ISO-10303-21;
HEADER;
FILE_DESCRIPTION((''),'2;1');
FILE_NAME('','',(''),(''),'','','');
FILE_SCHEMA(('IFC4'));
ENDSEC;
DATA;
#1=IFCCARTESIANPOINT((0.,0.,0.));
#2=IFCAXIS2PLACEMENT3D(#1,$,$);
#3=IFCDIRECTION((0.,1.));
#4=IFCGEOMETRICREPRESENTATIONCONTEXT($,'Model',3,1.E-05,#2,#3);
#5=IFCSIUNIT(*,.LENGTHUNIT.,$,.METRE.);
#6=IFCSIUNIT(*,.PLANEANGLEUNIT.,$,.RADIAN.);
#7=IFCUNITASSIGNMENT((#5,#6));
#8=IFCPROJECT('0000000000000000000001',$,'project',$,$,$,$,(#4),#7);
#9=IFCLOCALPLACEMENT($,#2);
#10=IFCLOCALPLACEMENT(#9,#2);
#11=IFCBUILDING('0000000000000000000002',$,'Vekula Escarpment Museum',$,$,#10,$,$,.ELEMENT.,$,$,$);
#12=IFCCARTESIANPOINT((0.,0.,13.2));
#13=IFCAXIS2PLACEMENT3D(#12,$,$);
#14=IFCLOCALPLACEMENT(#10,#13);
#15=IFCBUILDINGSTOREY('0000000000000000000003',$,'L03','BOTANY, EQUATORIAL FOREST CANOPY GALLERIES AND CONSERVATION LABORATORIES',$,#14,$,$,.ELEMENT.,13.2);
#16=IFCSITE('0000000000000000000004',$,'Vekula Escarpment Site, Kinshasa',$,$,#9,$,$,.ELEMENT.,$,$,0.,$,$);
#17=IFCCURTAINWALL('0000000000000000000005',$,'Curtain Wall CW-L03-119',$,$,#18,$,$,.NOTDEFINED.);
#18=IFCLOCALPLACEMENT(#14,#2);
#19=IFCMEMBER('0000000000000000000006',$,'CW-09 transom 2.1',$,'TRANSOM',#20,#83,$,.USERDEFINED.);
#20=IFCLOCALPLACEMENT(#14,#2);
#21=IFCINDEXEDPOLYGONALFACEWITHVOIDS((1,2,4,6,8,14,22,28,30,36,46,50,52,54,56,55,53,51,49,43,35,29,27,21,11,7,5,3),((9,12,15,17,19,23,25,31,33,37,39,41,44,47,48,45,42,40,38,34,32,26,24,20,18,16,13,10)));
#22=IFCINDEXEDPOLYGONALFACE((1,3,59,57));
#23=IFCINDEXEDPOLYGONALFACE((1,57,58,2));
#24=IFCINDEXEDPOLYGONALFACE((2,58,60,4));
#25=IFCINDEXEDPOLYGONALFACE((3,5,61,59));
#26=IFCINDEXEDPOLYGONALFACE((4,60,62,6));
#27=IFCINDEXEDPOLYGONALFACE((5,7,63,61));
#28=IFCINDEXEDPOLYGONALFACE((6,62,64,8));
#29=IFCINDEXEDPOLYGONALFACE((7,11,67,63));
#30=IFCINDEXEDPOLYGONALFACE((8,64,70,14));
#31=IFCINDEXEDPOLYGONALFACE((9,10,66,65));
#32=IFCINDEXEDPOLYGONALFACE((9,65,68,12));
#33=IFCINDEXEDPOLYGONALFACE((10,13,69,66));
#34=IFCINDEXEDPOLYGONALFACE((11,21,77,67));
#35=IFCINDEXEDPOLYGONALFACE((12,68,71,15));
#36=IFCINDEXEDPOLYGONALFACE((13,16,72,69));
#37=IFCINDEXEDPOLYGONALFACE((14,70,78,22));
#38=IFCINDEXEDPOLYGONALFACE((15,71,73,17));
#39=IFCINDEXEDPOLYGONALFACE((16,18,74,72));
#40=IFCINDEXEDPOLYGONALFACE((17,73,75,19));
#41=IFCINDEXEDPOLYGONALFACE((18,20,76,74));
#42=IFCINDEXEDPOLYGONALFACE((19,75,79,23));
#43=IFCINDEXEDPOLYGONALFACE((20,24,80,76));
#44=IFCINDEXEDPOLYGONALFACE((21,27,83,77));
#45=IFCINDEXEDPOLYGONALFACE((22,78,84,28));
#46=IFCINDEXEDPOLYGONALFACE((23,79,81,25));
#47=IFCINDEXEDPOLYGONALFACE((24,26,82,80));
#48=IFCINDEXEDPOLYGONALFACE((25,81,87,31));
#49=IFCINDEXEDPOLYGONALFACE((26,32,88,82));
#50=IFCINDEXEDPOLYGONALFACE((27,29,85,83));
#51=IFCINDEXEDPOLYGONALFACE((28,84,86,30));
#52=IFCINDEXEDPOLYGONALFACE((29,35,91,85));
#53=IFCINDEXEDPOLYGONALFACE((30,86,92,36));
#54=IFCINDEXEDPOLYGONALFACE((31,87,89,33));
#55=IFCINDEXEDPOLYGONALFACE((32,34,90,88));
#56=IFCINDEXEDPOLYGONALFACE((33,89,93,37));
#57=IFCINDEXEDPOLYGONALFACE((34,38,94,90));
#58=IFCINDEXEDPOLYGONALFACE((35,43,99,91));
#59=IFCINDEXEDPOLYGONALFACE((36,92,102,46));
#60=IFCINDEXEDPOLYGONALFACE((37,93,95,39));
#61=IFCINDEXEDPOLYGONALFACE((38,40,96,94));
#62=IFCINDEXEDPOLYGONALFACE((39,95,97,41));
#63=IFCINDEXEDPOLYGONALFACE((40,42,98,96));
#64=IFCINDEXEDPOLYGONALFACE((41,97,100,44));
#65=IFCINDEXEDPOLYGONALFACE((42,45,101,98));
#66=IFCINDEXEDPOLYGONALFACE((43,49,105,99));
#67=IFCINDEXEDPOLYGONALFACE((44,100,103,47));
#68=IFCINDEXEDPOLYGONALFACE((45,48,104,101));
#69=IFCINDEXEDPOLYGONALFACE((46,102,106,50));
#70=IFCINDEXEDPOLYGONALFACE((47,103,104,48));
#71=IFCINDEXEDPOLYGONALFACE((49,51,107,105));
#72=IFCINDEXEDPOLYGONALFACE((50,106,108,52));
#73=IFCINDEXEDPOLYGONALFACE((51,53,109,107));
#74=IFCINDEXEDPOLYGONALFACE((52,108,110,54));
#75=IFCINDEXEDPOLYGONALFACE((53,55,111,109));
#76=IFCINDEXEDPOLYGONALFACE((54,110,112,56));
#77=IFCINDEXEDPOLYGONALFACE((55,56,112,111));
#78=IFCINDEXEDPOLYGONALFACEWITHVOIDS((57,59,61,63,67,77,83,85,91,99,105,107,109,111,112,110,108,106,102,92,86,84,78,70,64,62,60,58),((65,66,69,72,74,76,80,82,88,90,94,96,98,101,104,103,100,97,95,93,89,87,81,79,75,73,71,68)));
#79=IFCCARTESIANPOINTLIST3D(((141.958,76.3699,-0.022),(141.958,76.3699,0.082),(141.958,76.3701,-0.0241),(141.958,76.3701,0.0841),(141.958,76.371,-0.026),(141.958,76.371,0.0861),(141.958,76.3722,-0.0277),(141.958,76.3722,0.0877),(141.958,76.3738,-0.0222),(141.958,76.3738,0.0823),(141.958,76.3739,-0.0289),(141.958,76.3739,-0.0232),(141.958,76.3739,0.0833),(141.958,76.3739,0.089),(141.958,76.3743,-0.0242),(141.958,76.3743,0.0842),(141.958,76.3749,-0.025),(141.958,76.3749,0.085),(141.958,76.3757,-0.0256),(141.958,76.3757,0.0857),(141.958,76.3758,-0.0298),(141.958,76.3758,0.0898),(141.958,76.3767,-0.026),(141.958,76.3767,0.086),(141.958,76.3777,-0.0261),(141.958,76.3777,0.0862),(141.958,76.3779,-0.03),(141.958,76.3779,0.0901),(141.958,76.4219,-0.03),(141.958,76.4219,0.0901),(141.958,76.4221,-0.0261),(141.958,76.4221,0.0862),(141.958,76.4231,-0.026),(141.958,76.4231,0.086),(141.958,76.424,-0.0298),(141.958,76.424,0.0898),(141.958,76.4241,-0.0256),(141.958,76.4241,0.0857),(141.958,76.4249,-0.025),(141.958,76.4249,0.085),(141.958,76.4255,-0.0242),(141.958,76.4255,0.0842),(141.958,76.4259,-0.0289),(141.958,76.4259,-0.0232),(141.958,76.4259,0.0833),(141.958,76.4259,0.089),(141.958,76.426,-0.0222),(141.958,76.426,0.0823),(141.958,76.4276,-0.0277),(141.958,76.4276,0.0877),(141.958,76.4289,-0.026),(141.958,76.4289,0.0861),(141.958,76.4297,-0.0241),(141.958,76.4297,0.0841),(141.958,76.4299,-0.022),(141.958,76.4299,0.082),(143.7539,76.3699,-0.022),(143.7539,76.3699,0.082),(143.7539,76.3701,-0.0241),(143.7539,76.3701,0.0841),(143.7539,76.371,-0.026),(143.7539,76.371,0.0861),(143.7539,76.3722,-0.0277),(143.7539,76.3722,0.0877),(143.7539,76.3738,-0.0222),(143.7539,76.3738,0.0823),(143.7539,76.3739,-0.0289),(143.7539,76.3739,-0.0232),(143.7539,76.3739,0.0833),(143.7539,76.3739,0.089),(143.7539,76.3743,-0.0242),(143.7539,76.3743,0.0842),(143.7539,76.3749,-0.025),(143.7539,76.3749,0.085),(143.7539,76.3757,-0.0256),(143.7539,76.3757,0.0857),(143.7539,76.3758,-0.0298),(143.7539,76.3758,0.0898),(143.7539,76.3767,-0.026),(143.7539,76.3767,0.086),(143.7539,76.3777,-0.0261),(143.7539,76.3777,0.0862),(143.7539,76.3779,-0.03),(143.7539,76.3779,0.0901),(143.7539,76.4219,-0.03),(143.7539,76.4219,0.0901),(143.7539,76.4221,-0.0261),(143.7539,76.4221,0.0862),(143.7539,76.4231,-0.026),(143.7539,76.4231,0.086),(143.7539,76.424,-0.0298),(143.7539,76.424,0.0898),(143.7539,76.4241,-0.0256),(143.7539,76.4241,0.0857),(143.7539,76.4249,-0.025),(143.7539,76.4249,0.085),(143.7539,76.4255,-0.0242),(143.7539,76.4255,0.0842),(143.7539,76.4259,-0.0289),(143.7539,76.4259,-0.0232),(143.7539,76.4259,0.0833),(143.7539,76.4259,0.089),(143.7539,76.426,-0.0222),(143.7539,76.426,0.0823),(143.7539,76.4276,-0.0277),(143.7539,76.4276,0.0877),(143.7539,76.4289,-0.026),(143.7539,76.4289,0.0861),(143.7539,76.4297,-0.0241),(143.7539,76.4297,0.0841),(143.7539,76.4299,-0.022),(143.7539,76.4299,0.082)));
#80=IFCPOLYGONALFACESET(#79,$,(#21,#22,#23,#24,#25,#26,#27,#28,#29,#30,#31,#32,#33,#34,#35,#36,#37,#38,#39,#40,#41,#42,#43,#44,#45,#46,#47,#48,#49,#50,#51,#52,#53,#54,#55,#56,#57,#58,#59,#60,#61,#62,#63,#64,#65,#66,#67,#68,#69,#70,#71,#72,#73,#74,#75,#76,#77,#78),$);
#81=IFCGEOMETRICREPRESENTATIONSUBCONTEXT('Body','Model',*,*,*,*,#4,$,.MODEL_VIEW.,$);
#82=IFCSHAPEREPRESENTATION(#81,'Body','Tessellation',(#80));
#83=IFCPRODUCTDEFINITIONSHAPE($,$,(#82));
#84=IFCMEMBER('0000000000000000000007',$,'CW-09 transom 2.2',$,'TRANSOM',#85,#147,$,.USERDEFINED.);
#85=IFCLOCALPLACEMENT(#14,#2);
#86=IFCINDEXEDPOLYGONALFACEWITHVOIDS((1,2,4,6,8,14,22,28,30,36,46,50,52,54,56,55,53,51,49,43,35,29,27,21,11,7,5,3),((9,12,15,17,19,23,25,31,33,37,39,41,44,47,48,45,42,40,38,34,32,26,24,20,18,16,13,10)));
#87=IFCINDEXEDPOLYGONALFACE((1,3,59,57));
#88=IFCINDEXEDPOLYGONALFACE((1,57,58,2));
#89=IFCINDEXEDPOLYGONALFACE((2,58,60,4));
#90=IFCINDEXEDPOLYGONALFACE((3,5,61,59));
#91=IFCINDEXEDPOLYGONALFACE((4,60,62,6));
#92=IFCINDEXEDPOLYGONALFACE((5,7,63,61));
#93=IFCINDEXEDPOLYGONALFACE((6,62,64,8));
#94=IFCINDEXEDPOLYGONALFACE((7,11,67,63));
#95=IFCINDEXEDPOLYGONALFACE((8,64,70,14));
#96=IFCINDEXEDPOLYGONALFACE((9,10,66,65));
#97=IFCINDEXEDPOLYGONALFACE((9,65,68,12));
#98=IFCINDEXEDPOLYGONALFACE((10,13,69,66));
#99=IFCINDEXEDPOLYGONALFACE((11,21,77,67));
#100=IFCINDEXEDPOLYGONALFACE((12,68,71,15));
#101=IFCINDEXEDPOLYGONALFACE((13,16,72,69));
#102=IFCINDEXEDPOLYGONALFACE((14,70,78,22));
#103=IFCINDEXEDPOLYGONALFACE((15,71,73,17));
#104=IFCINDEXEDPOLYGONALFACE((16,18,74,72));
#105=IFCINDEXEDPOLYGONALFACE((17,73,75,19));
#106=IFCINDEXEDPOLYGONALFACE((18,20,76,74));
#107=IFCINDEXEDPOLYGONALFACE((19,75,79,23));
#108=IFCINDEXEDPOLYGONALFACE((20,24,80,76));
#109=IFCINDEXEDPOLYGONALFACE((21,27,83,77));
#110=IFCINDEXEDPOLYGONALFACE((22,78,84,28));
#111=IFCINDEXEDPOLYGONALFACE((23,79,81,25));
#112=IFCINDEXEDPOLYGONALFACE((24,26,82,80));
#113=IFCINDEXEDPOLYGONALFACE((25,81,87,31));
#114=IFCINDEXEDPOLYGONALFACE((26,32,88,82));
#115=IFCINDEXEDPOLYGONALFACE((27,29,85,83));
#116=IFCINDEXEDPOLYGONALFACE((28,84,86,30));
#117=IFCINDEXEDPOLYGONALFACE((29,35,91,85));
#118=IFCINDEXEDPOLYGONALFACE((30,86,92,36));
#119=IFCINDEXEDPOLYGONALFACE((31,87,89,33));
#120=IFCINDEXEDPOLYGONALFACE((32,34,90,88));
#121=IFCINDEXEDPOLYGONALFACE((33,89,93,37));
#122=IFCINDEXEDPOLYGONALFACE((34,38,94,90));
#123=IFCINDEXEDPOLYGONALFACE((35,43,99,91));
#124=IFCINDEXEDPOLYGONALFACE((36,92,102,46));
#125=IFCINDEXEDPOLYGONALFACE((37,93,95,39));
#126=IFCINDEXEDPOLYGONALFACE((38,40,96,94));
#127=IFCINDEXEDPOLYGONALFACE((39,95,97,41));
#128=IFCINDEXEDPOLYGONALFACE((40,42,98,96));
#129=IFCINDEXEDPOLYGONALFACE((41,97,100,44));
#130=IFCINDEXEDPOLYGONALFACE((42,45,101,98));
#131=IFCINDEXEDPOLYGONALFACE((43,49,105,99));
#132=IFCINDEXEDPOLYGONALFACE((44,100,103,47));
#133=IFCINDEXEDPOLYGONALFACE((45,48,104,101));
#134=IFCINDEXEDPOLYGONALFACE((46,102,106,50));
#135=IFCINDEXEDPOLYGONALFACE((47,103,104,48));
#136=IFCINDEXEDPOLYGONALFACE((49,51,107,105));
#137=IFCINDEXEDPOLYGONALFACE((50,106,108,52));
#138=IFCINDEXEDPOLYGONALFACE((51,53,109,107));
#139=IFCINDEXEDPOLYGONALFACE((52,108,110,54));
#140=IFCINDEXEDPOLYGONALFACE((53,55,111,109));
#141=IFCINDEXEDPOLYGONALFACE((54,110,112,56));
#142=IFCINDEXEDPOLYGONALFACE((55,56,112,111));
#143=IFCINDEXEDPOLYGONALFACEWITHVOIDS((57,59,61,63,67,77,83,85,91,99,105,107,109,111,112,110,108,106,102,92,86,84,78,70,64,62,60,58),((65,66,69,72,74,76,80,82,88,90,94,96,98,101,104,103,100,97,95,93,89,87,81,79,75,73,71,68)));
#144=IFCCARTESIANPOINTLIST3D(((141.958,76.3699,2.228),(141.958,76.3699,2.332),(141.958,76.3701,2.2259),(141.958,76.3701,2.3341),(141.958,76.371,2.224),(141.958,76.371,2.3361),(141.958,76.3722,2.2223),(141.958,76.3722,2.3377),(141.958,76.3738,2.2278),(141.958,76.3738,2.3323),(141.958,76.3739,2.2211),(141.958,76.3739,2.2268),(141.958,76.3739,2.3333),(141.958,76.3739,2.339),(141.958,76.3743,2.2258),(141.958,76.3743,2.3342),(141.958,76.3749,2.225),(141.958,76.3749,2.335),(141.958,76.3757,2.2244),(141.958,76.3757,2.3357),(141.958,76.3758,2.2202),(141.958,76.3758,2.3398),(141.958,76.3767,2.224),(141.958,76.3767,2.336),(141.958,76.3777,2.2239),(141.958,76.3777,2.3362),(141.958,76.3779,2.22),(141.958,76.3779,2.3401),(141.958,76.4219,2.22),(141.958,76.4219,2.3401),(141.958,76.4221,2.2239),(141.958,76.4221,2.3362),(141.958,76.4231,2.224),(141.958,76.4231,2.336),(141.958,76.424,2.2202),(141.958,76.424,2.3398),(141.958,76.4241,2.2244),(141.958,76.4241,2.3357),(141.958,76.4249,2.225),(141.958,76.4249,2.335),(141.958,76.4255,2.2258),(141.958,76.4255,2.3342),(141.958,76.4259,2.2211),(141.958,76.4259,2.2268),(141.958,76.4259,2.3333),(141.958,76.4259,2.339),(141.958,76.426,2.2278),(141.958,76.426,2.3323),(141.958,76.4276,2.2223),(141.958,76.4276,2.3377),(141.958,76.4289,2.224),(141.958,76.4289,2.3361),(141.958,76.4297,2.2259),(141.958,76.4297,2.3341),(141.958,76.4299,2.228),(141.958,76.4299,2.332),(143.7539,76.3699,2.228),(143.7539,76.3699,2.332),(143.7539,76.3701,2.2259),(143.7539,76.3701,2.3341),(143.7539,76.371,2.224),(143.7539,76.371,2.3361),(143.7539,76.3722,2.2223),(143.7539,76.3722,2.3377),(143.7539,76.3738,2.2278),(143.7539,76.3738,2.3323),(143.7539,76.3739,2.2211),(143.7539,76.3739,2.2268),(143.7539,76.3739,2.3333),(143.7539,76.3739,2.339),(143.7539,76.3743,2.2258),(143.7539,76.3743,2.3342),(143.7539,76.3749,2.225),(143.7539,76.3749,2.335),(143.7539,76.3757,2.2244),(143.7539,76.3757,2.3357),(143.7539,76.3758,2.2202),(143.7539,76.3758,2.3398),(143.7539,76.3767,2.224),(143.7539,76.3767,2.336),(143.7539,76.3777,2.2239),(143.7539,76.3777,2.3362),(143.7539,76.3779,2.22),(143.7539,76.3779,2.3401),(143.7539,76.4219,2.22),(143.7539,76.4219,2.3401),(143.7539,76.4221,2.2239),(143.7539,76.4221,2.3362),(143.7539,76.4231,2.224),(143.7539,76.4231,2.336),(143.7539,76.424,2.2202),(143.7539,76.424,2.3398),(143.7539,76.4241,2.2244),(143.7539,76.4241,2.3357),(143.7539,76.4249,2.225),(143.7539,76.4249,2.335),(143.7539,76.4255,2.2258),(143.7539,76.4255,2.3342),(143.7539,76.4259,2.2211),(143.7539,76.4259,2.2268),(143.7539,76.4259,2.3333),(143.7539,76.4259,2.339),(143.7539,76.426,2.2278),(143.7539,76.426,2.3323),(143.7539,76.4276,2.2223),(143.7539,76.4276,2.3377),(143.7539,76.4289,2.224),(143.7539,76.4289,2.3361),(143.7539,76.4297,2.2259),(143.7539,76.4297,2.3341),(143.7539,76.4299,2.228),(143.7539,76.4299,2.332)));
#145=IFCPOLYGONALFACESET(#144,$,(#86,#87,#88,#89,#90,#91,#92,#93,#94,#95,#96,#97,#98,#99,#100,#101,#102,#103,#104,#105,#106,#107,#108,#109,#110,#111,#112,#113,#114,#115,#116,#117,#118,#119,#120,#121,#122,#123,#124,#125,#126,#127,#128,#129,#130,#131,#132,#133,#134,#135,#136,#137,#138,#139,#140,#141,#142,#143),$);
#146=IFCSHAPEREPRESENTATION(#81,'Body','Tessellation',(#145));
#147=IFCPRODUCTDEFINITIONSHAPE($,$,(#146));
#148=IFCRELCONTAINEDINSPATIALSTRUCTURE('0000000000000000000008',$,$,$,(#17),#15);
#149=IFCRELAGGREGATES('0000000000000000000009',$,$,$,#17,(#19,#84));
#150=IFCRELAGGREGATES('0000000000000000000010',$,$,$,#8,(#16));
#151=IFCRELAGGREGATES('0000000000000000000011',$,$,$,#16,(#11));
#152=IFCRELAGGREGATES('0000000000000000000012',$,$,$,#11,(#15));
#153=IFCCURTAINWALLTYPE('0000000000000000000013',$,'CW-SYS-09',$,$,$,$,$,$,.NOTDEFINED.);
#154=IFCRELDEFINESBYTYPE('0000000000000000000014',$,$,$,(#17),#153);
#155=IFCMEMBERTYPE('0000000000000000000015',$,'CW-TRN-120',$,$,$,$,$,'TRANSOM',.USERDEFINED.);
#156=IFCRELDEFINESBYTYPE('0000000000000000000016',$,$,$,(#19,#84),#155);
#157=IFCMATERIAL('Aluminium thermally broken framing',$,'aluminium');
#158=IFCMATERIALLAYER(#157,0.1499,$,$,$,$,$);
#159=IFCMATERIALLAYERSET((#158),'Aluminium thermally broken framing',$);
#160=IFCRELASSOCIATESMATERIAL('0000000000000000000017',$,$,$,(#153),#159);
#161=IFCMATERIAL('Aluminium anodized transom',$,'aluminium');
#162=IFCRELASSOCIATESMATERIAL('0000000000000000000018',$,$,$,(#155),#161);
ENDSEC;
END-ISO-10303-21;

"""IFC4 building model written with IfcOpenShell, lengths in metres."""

from ifc_helpers import new_model, si_unit, direction, frame, origin, origin_2d, place, context, subcontext, project, spatial, hollow_rectangle, extrude, material, layer, layer_set, material_profile, profile_set, type_object, element, aggregate, save


model = new_model("IFC4")

# Units and contexts
model_context = context("Model", 3, precision=1e-05, world=origin(), true_north=direction((0.0, 1.0)))
body_context = subcontext(model_context, "Body", "Model", "MODEL_VIEW")
ifc_project = project(units=[si_unit("LENGTHUNIT", "METRE"), si_unit("PLANEANGLEUNIT", "RADIAN")], contexts=[model_context])

# Site, building, storey
site_placement = place(None, origin())
site = spatial("IfcSite", under=ifc_project, at=site_placement, Name="Vekula Escarpment Site, Kinshasa", CompositionType="ELEMENT", RefElevation=0.0)
building_placement = place(site_placement, origin())
building = spatial("IfcBuilding", under=site, at=building_placement, Name="Vekula Escarpment Museum", CompositionType="ELEMENT")
storey_placement = place(building_placement, frame((0.0, 0.0, 13.2)))
storey = spatial("IfcBuildingStorey", under=building, at=storey_placement, Name="L03", Description="BOTANY, EQUATORIAL FOREST CANOPY GALLERIES AND CONSERVATION LABORATORIES", CompositionType="ELEMENT", Elevation=13.2)

# Curtain wall
ifc_material_1 = material(Name="Aluminium thermally broken framing", Category="aluminium")
ifc_layer_1 = layer(ifc_material_1, 0.1499)
ifc_layer_set_1 = layer_set([ifc_layer_1], Name="Aluminium thermally broken framing")
curtain_wall_type_1 = type_object("IfcCurtainWallType", Name="CW-SYS-09", PredefinedType="NOTDEFINED", material=ifc_layer_set_1)
curtain_wall_1_placement = place(storey_placement, origin())
curtain_wall_1 = element("IfcCurtainWall", 1, at=curtain_wall_1_placement, inside=storey, type_object=curtain_wall_type_1, Name="Curtain Wall CW-L03-119", PredefinedType="NOTDEFINED")

# Members
ifc_material_2 = material(Name="Aluminium anodized transom", Category="aluminium")
ifc_material_profile_1 = material_profile(ifc_material_2, hollow_rectangle(XDim=0.0601, YDim=0.1201, WallThickness=0.0039, InnerFilletRadius=0.0039, OuterFilletRadius=0.0081, at=origin_2d()), Name="ALU 120x60x4")
ifc_profile_set_1 = profile_set([ifc_material_profile_1], Name="Aluminium anodized transom")
member_type_1 = type_object("IfcMemberType", Name="CW-TRN-120", ElementType="TRANSOM", PredefinedType="USERDEFINED", material=ifc_profile_set_1)
member_1_placement = place(storey_placement, frame((143.7539, 76.3999, 0.03), z_axis=(-1.0, 0.0, 0.0), x_axis=(0.0, -1.0, 0.0)))
member_1 = element("IfcMember", 2, at=member_1_placement, type_object=member_type_1, Name="CW-09 transom 2.1", ObjectType="TRANSOM", PredefinedType="USERDEFINED", context=body_context, shape_type="SweptSolid", body=[
    extrude(hollow_rectangle(XDim=0.0601, YDim=0.1201, WallThickness=0.0039, InnerFilletRadius=0.0039, OuterFilletRadius=0.0081, at=origin_2d()), origin(), (0.0, 0.0, 1.0), 1.7959),
])
member_2_placement = place(storey_placement, frame((143.7539, 76.3999, 2.28), z_axis=(-1.0, 0.0, 0.0), x_axis=(0.0, -1.0, 0.0)))
member_2 = element("IfcMember", 3, at=member_2_placement, type_object=member_type_1, Name="CW-09 transom 2.2", ObjectType="TRANSOM", PredefinedType="USERDEFINED", context=body_context, shape_type="SweptSolid", body=[
    extrude(hollow_rectangle(XDim=0.0601, YDim=0.1201, WallThickness=0.0039, InnerFilletRadius=0.0039, OuterFilletRadius=0.0081, at=origin_2d()), origin(), (0.0, 0.0, 1.0), 1.7959),
])

aggregate(curtain_wall_1, [member_1, member_2])

save(model, "model.ifc")
